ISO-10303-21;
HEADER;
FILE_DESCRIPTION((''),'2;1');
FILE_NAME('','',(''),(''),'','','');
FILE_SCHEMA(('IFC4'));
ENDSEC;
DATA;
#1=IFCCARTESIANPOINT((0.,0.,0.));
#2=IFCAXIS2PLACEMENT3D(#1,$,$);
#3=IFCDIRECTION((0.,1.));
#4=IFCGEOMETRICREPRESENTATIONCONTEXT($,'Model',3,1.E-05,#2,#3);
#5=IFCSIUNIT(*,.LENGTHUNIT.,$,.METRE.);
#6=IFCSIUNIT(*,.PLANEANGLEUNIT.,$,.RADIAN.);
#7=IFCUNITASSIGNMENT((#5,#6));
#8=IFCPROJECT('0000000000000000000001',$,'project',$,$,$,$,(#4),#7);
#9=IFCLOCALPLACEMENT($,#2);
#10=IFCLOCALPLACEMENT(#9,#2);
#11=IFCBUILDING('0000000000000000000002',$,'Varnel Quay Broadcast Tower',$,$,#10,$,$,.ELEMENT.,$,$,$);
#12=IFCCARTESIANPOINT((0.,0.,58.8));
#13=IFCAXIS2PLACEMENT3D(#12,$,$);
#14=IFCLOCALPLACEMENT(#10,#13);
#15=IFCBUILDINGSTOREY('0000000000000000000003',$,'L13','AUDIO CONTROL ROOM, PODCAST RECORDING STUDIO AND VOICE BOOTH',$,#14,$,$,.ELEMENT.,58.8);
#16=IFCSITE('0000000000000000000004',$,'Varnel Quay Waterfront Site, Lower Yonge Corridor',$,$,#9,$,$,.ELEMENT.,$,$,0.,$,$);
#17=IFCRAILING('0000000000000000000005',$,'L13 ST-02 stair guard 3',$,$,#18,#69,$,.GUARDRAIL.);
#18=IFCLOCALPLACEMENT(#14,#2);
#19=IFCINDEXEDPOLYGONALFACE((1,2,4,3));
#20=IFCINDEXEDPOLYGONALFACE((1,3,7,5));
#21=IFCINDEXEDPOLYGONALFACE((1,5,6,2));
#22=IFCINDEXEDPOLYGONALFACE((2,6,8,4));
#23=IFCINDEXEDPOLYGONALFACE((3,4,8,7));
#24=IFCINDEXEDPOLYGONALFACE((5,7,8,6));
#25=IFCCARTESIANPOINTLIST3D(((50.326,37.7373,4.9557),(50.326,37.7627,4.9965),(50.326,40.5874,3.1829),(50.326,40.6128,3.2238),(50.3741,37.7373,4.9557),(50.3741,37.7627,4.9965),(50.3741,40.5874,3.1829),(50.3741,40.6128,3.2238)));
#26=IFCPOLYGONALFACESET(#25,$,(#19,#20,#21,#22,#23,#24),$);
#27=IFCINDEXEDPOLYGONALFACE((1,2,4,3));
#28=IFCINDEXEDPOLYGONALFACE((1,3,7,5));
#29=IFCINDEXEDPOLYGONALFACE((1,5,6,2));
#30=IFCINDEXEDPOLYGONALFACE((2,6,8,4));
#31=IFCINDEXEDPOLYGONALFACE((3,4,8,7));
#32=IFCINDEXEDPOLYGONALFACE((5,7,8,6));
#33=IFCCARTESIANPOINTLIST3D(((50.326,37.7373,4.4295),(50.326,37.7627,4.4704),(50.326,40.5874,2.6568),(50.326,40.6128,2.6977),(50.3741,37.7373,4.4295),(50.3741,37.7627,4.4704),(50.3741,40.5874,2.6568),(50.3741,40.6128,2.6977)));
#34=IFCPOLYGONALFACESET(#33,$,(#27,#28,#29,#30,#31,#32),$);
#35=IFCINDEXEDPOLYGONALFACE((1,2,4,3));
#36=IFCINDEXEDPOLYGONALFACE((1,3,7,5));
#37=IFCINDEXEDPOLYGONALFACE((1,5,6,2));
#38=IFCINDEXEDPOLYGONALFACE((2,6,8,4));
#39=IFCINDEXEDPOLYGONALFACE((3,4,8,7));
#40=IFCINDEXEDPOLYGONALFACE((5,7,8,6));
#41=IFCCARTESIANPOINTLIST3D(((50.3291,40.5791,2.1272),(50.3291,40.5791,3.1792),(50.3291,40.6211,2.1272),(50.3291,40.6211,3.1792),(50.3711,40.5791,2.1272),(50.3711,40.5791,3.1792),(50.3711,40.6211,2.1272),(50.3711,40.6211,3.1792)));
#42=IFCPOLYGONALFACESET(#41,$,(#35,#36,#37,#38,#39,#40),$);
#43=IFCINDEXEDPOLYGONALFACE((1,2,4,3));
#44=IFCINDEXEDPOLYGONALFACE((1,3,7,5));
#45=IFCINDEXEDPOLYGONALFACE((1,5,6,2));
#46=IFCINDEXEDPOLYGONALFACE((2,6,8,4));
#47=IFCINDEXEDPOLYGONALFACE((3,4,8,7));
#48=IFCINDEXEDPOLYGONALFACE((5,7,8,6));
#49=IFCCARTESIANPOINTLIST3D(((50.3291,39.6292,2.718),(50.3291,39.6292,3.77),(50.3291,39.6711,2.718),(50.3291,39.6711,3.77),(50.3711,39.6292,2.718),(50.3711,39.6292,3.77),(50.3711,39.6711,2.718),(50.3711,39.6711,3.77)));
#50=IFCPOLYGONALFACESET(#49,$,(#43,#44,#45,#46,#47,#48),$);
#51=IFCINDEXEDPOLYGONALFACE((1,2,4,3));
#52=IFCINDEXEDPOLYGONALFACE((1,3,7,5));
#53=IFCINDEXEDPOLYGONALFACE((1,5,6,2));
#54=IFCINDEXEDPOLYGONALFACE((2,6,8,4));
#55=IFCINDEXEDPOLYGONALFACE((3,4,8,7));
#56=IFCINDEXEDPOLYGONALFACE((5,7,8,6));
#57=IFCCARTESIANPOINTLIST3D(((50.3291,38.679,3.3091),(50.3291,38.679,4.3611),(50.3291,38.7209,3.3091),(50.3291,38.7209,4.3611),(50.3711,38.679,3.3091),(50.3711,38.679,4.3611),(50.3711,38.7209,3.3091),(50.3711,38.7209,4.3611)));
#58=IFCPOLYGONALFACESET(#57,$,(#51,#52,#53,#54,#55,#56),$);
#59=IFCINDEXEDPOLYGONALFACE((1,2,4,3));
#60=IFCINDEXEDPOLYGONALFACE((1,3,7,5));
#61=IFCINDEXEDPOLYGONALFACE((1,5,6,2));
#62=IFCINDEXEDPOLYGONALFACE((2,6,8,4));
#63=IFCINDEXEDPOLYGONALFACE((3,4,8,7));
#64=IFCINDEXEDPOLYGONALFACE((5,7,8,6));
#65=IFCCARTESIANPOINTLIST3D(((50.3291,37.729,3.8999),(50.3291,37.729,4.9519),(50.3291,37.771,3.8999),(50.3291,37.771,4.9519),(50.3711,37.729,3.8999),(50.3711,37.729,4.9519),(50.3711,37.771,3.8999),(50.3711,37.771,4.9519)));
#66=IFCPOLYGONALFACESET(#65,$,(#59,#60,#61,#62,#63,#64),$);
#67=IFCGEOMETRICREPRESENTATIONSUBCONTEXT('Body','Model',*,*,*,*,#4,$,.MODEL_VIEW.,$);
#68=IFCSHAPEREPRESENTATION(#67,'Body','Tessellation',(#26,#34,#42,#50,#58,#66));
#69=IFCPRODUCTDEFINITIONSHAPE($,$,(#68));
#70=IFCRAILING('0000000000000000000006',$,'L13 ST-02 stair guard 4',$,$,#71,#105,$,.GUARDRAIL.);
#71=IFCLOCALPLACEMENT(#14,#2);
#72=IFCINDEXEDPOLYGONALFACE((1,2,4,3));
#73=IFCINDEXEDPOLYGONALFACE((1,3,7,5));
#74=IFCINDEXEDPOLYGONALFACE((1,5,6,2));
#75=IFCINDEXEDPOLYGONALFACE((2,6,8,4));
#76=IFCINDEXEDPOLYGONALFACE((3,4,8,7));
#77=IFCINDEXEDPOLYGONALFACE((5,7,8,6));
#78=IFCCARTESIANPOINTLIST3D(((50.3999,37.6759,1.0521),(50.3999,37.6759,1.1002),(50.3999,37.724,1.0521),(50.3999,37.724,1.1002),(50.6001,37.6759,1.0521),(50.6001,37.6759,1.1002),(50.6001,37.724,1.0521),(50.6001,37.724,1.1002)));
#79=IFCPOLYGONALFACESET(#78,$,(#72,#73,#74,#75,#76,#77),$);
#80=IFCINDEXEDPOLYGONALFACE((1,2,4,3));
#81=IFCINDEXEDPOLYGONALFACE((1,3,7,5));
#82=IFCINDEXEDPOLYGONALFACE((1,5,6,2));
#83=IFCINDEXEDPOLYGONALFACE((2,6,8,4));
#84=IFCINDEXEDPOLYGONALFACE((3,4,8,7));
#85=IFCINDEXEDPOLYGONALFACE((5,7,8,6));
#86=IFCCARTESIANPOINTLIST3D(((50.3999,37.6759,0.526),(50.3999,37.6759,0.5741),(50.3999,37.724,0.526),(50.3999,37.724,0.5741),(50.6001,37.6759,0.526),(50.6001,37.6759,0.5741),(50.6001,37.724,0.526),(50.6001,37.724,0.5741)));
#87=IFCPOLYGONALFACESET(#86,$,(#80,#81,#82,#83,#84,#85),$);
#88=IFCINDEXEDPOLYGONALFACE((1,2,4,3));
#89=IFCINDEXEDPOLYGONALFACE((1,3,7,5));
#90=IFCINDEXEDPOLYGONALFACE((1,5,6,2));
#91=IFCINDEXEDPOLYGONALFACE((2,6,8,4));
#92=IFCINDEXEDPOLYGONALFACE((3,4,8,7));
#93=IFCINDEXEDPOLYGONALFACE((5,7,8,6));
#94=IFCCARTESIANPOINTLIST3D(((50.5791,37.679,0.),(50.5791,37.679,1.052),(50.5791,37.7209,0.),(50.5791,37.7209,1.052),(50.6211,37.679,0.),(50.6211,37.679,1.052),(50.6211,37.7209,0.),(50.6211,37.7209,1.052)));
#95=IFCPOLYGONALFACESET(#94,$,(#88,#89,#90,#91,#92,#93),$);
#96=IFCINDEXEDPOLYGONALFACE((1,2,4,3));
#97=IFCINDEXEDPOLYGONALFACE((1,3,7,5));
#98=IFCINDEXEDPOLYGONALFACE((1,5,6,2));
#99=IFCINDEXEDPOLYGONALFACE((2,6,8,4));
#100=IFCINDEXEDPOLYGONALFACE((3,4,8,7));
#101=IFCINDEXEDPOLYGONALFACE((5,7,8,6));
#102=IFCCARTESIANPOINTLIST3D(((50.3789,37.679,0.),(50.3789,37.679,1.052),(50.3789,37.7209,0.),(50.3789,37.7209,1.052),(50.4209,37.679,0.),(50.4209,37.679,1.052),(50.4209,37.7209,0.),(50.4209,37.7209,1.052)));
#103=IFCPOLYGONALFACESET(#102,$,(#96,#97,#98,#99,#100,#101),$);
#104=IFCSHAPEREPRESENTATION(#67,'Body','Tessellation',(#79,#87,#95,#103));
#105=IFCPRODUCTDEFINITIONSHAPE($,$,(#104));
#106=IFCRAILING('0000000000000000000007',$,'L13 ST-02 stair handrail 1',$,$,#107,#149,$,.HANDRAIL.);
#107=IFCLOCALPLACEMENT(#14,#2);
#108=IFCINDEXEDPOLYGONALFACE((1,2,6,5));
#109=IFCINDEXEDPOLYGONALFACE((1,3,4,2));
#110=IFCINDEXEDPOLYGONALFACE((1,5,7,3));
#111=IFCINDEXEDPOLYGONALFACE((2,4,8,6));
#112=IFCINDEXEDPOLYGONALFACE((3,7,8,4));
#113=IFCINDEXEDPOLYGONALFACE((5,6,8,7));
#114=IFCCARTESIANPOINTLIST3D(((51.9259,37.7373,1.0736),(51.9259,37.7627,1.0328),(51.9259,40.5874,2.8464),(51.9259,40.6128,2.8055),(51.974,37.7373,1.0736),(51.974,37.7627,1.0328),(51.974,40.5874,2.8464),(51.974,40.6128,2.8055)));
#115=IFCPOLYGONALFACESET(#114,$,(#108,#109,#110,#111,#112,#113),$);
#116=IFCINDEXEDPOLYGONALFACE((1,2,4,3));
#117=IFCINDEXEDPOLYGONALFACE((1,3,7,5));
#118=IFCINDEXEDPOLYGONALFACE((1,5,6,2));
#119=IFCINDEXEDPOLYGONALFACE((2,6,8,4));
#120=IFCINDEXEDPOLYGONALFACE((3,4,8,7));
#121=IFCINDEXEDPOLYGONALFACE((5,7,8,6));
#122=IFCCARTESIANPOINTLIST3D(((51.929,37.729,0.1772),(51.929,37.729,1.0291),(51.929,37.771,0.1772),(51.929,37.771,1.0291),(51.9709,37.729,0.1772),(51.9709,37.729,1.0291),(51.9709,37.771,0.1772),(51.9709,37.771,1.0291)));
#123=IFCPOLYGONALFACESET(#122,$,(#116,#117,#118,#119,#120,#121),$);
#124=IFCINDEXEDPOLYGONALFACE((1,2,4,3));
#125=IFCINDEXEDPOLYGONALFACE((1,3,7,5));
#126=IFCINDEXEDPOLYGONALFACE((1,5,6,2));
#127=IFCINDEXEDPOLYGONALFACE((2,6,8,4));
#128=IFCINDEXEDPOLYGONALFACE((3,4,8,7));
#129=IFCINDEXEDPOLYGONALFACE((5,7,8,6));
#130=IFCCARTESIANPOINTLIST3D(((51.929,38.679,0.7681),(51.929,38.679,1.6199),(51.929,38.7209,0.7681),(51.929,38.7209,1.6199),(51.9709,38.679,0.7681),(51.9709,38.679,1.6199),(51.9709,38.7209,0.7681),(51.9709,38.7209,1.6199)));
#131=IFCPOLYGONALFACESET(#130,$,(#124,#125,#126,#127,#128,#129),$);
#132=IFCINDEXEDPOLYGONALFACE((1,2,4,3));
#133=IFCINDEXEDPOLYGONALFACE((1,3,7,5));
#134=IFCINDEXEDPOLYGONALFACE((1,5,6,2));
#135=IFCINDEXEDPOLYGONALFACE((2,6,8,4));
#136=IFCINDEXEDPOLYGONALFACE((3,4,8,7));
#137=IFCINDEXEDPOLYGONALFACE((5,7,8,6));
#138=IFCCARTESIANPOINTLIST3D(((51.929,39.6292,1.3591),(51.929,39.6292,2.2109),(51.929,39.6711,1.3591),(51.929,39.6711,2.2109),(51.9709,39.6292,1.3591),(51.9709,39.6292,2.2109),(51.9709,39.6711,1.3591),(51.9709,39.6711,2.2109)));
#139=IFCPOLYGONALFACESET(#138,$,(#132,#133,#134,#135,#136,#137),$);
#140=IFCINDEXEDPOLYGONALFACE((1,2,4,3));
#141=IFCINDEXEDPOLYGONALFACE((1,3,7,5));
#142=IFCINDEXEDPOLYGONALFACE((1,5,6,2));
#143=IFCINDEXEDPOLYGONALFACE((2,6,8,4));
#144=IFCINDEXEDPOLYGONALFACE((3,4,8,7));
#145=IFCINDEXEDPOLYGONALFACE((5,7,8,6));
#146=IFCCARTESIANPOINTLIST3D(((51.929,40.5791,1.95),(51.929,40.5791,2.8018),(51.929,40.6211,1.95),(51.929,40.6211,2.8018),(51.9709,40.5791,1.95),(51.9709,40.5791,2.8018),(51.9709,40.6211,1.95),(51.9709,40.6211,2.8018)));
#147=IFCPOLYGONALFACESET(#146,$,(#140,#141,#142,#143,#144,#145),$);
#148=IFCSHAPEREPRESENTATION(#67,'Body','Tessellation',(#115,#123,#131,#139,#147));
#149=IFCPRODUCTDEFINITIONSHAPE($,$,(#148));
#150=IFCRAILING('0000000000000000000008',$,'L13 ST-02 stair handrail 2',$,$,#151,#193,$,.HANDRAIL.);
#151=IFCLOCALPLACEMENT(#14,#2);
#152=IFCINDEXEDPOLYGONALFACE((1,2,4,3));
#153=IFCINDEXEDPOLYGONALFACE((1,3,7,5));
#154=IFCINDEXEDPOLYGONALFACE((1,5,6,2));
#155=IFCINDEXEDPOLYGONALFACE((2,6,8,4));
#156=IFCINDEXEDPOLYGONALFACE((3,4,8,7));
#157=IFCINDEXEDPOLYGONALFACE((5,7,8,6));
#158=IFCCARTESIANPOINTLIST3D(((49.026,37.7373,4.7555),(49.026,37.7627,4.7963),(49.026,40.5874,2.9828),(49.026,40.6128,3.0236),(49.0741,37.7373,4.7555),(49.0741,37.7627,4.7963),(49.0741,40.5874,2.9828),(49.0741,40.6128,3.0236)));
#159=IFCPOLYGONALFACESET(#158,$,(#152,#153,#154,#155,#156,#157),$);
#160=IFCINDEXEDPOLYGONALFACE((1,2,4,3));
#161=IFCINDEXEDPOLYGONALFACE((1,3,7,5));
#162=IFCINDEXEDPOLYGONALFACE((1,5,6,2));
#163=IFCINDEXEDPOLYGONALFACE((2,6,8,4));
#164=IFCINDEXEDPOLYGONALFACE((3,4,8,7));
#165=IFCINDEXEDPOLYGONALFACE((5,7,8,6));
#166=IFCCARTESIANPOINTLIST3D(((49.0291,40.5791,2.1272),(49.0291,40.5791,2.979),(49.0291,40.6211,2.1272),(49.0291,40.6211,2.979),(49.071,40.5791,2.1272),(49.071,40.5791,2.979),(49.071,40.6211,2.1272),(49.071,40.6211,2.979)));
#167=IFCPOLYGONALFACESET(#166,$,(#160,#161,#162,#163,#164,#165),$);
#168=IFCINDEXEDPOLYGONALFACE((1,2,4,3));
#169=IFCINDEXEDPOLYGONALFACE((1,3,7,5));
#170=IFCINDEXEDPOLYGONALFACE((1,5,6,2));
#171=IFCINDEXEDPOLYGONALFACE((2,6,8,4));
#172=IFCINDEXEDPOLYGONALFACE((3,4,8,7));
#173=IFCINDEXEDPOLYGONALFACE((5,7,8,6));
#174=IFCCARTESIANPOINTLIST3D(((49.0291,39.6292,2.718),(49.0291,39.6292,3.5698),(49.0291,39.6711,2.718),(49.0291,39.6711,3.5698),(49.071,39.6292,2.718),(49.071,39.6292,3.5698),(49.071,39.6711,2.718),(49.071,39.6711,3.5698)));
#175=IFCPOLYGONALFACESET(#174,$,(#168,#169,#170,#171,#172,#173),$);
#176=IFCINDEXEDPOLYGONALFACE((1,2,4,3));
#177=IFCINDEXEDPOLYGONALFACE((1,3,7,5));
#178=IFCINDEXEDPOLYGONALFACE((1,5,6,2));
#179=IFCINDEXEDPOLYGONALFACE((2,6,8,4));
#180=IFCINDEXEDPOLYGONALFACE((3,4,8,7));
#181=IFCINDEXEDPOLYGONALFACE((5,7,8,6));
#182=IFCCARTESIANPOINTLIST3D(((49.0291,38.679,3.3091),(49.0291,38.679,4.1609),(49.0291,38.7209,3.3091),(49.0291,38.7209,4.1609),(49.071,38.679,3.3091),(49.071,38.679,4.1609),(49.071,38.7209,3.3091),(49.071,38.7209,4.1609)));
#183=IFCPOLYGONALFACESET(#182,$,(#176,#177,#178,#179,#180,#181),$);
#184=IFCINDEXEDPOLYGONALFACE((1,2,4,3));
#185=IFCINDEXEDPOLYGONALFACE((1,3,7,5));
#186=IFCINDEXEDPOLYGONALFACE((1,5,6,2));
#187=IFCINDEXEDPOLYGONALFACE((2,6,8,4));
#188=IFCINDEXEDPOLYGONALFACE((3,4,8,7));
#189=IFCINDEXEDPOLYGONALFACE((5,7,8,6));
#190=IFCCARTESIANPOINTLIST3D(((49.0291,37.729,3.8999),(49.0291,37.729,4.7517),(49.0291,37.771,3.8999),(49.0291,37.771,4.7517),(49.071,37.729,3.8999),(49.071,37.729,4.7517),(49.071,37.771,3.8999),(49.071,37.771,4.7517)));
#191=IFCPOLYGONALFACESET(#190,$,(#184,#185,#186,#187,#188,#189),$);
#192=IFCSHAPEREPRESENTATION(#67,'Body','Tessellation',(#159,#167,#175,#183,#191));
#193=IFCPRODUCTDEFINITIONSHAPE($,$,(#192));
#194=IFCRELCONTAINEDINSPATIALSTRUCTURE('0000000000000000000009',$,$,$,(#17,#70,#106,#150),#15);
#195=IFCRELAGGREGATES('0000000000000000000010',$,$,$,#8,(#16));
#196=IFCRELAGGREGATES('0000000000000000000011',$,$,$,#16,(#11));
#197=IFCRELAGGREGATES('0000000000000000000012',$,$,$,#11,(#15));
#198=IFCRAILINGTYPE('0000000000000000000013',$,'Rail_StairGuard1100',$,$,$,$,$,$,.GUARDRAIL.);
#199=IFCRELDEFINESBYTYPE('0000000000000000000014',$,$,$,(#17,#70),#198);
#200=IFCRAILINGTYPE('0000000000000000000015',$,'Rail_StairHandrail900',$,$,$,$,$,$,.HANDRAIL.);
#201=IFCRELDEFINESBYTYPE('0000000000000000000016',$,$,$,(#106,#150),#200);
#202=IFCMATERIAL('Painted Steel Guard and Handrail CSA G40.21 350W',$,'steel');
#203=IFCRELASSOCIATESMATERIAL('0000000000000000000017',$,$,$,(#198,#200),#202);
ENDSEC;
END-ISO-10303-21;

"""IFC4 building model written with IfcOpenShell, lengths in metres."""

from ifc_helpers import new_model, si_unit, direction, frame, origin, origin_2d, place, context, subcontext, project, spatial, rectangle, extrude, material, type_object, element, save


model = new_model("IFC4")

# Units and contexts
model_context = context("Model", 3, precision=1e-05, world=origin(), true_north=direction((0.0, 1.0)))
body_context = subcontext(model_context, "Body", "Model", "MODEL_VIEW")
ifc_project = project(units=[si_unit("LENGTHUNIT", "METRE"), si_unit("PLANEANGLEUNIT", "RADIAN")], contexts=[model_context])

# Site, building, storey
site_placement = place(None, origin())
site = spatial("IfcSite", under=ifc_project, at=site_placement, Name="Varnel Quay Waterfront Site, Lower Yonge Corridor", CompositionType="ELEMENT", RefElevation=0.0)
building_placement = place(site_placement, origin())
building = spatial("IfcBuilding", under=site, at=building_placement, Name="Varnel Quay Broadcast Tower", CompositionType="ELEMENT")
storey_placement = place(building_placement, frame((0.0, 0.0, 58.8)))
storey = spatial("IfcBuildingStorey", under=building, at=storey_placement, Name="L13", Description="AUDIO CONTROL ROOM, PODCAST RECORDING STUDIO AND VOICE BOOTH", CompositionType="ELEMENT", Elevation=58.8)

# Railings
ifc_material_1 = material(Name="Painted Steel Guard and Handrail CSA G40.21 350W", Category="steel")
railing_type_1 = type_object("IfcRailingType", Name="Rail_StairGuard1100", PredefinedType="GUARDRAIL", material=ifc_material_1)
railing_1_placement = place(storey_placement, frame((50.3501, 40.6001, 2.1272)))
element("IfcRailing", 1, at=railing_1_placement, inside=storey, type_object=railing_type_1, Name="L13 ST-02 stair guard 3", PredefinedType="GUARDRAIL", context=body_context, shape_type="SweptSolid", body=[
    extrude(rectangle(XDim=0.0481, YDim=0.0481, at=origin_2d()), frame((0.0, 0.0, 1.0762), z_axis=(0.0, -0.849149, 0.528154), x_axis=(1.0, 0.0, 0.0)), (0.0, 0.0, 1.0), 3.3564),
    extrude(rectangle(XDim=0.0481, YDim=0.0481, at=origin_2d()), frame((0.0, 0.0, 0.55), z_axis=(0.0, -0.849149, 0.528154), x_axis=(1.0, 0.0, 0.0)), (0.0, 0.0, 1.0), 3.3564),
    extrude(rectangle(XDim=0.042, YDim=0.042, at=origin_2d()), origin(), (0.0, 0.0, 1.0), 1.052),
    extrude(rectangle(XDim=0.042, YDim=0.042, at=origin_2d()), frame((0.0, -0.95, 0.5908)), (0.0, 0.0, 1.0), 1.052),
    extrude(rectangle(XDim=0.042, YDim=0.042, at=origin_2d()), frame((0.0, -1.9001, 1.1819)), (0.0, 0.0, 1.0), 1.052),
    extrude(rectangle(XDim=0.042, YDim=0.042, at=origin_2d()), frame((0.0, -2.8501, 1.7727)), (0.0, 0.0, 1.0), 1.052),
])
railing_2_placement = place(storey_placement, frame((50.6001, 37.7, 0.0)))
element("IfcRailing", 2, at=railing_2_placement, inside=storey, type_object=railing_type_1, Name="L13 ST-02 stair guard 4", PredefinedType="GUARDRAIL", context=body_context, shape_type="SweptSolid", body=[
    extrude(rectangle(XDim=0.0481, YDim=0.0481, at=origin_2d()), frame((0.0, 0.0, 1.0762), z_axis=(-1.0, 0.0, 0.0), x_axis=(0.0, -1.0, 0.0)), (0.0, 0.0, 1.0), 0.2002),
    extrude(rectangle(XDim=0.0481, YDim=0.0481, at=origin_2d()), frame((0.0, 0.0, 0.55), z_axis=(-1.0, 0.0, 0.0), x_axis=(0.0, -1.0, 0.0)), (0.0, 0.0, 1.0), 0.2002),
    extrude(rectangle(XDim=0.042, YDim=0.042, at=origin_2d()), origin(), (0.0, 0.0, 1.0), 1.052),
    extrude(rectangle(XDim=0.042, YDim=0.042, at=origin_2d()), frame((-0.2002, 0.0, 0.0)), (0.0, 0.0, 1.0), 1.052),
])
railing_type_2 = type_object("IfcRailingType", Name="Rail_StairHandrail900", PredefinedType="HANDRAIL", material=ifc_material_1)
railing_3_placement = place(storey_placement, frame((51.95, 37.75, 0.1772)))
element("IfcRailing", 3, at=railing_3_placement, inside=storey, type_object=railing_type_2, Name="L13 ST-02 stair handrail 1", PredefinedType="HANDRAIL", context=body_context, shape_type="SweptSolid", body=[
    extrude(rectangle(XDim=0.0481, YDim=0.0481, at=origin_2d()), frame((0.0, 0.0, 0.876), z_axis=(0.0, 0.849149, 0.528154), x_axis=(-1.0, 0.0, 0.0)), (0.0, 0.0, 1.0), 3.3564),
    extrude(rectangle(XDim=0.042, YDim=0.042, at=origin_2d()), origin(), (0.0, 0.0, 1.0), 0.8518),
    extrude(rectangle(XDim=0.042, YDim=0.042, at=origin_2d()), frame((0.0, 0.95, 0.5908)), (0.0, 0.0, 1.0), 0.8518),
    extrude(rectangle(XDim=0.042, YDim=0.042, at=origin_2d()), frame((0.0, 1.9001, 1.1819)), (0.0, 0.0, 1.0), 0.8518),
    extrude(rectangle(XDim=0.042, YDim=0.042, at=origin_2d()), frame((0.0, 2.8501, 1.7727)), (0.0, 0.0, 1.0), 0.8518),
])
railing_4_placement = place(storey_placement, frame((49.05, 40.6001, 2.1272)))
element("IfcRailing", 4, at=railing_4_placement, inside=storey, type_object=railing_type_2, Name="L13 ST-02 stair handrail 2", PredefinedType="HANDRAIL", context=body_context, shape_type="SweptSolid", body=[
    extrude(rectangle(XDim=0.0481, YDim=0.0481, at=origin_2d()), frame((0.0, 0.0, 0.876), z_axis=(0.0, -0.849149, 0.528154), x_axis=(1.0, 0.0, 0.0)), (0.0, 0.0, 1.0), 3.3564),
    extrude(rectangle(XDim=0.042, YDim=0.042, at=origin_2d()), origin(), (0.0, 0.0, 1.0), 0.8518),
    extrude(rectangle(XDim=0.042, YDim=0.042, at=origin_2d()), frame((0.0, -0.95, 0.5908)), (0.0, 0.0, 1.0), 0.8518),
    extrude(rectangle(XDim=0.042, YDim=0.042, at=origin_2d()), frame((0.0, -1.9001, 1.1819)), (0.0, 0.0, 1.0), 0.8518),
    extrude(rectangle(XDim=0.042, YDim=0.042, at=origin_2d()), frame((0.0, -2.8501, 1.7727)), (0.0, 0.0, 1.0), 0.8518),
])

save(model, "model.ifc")
